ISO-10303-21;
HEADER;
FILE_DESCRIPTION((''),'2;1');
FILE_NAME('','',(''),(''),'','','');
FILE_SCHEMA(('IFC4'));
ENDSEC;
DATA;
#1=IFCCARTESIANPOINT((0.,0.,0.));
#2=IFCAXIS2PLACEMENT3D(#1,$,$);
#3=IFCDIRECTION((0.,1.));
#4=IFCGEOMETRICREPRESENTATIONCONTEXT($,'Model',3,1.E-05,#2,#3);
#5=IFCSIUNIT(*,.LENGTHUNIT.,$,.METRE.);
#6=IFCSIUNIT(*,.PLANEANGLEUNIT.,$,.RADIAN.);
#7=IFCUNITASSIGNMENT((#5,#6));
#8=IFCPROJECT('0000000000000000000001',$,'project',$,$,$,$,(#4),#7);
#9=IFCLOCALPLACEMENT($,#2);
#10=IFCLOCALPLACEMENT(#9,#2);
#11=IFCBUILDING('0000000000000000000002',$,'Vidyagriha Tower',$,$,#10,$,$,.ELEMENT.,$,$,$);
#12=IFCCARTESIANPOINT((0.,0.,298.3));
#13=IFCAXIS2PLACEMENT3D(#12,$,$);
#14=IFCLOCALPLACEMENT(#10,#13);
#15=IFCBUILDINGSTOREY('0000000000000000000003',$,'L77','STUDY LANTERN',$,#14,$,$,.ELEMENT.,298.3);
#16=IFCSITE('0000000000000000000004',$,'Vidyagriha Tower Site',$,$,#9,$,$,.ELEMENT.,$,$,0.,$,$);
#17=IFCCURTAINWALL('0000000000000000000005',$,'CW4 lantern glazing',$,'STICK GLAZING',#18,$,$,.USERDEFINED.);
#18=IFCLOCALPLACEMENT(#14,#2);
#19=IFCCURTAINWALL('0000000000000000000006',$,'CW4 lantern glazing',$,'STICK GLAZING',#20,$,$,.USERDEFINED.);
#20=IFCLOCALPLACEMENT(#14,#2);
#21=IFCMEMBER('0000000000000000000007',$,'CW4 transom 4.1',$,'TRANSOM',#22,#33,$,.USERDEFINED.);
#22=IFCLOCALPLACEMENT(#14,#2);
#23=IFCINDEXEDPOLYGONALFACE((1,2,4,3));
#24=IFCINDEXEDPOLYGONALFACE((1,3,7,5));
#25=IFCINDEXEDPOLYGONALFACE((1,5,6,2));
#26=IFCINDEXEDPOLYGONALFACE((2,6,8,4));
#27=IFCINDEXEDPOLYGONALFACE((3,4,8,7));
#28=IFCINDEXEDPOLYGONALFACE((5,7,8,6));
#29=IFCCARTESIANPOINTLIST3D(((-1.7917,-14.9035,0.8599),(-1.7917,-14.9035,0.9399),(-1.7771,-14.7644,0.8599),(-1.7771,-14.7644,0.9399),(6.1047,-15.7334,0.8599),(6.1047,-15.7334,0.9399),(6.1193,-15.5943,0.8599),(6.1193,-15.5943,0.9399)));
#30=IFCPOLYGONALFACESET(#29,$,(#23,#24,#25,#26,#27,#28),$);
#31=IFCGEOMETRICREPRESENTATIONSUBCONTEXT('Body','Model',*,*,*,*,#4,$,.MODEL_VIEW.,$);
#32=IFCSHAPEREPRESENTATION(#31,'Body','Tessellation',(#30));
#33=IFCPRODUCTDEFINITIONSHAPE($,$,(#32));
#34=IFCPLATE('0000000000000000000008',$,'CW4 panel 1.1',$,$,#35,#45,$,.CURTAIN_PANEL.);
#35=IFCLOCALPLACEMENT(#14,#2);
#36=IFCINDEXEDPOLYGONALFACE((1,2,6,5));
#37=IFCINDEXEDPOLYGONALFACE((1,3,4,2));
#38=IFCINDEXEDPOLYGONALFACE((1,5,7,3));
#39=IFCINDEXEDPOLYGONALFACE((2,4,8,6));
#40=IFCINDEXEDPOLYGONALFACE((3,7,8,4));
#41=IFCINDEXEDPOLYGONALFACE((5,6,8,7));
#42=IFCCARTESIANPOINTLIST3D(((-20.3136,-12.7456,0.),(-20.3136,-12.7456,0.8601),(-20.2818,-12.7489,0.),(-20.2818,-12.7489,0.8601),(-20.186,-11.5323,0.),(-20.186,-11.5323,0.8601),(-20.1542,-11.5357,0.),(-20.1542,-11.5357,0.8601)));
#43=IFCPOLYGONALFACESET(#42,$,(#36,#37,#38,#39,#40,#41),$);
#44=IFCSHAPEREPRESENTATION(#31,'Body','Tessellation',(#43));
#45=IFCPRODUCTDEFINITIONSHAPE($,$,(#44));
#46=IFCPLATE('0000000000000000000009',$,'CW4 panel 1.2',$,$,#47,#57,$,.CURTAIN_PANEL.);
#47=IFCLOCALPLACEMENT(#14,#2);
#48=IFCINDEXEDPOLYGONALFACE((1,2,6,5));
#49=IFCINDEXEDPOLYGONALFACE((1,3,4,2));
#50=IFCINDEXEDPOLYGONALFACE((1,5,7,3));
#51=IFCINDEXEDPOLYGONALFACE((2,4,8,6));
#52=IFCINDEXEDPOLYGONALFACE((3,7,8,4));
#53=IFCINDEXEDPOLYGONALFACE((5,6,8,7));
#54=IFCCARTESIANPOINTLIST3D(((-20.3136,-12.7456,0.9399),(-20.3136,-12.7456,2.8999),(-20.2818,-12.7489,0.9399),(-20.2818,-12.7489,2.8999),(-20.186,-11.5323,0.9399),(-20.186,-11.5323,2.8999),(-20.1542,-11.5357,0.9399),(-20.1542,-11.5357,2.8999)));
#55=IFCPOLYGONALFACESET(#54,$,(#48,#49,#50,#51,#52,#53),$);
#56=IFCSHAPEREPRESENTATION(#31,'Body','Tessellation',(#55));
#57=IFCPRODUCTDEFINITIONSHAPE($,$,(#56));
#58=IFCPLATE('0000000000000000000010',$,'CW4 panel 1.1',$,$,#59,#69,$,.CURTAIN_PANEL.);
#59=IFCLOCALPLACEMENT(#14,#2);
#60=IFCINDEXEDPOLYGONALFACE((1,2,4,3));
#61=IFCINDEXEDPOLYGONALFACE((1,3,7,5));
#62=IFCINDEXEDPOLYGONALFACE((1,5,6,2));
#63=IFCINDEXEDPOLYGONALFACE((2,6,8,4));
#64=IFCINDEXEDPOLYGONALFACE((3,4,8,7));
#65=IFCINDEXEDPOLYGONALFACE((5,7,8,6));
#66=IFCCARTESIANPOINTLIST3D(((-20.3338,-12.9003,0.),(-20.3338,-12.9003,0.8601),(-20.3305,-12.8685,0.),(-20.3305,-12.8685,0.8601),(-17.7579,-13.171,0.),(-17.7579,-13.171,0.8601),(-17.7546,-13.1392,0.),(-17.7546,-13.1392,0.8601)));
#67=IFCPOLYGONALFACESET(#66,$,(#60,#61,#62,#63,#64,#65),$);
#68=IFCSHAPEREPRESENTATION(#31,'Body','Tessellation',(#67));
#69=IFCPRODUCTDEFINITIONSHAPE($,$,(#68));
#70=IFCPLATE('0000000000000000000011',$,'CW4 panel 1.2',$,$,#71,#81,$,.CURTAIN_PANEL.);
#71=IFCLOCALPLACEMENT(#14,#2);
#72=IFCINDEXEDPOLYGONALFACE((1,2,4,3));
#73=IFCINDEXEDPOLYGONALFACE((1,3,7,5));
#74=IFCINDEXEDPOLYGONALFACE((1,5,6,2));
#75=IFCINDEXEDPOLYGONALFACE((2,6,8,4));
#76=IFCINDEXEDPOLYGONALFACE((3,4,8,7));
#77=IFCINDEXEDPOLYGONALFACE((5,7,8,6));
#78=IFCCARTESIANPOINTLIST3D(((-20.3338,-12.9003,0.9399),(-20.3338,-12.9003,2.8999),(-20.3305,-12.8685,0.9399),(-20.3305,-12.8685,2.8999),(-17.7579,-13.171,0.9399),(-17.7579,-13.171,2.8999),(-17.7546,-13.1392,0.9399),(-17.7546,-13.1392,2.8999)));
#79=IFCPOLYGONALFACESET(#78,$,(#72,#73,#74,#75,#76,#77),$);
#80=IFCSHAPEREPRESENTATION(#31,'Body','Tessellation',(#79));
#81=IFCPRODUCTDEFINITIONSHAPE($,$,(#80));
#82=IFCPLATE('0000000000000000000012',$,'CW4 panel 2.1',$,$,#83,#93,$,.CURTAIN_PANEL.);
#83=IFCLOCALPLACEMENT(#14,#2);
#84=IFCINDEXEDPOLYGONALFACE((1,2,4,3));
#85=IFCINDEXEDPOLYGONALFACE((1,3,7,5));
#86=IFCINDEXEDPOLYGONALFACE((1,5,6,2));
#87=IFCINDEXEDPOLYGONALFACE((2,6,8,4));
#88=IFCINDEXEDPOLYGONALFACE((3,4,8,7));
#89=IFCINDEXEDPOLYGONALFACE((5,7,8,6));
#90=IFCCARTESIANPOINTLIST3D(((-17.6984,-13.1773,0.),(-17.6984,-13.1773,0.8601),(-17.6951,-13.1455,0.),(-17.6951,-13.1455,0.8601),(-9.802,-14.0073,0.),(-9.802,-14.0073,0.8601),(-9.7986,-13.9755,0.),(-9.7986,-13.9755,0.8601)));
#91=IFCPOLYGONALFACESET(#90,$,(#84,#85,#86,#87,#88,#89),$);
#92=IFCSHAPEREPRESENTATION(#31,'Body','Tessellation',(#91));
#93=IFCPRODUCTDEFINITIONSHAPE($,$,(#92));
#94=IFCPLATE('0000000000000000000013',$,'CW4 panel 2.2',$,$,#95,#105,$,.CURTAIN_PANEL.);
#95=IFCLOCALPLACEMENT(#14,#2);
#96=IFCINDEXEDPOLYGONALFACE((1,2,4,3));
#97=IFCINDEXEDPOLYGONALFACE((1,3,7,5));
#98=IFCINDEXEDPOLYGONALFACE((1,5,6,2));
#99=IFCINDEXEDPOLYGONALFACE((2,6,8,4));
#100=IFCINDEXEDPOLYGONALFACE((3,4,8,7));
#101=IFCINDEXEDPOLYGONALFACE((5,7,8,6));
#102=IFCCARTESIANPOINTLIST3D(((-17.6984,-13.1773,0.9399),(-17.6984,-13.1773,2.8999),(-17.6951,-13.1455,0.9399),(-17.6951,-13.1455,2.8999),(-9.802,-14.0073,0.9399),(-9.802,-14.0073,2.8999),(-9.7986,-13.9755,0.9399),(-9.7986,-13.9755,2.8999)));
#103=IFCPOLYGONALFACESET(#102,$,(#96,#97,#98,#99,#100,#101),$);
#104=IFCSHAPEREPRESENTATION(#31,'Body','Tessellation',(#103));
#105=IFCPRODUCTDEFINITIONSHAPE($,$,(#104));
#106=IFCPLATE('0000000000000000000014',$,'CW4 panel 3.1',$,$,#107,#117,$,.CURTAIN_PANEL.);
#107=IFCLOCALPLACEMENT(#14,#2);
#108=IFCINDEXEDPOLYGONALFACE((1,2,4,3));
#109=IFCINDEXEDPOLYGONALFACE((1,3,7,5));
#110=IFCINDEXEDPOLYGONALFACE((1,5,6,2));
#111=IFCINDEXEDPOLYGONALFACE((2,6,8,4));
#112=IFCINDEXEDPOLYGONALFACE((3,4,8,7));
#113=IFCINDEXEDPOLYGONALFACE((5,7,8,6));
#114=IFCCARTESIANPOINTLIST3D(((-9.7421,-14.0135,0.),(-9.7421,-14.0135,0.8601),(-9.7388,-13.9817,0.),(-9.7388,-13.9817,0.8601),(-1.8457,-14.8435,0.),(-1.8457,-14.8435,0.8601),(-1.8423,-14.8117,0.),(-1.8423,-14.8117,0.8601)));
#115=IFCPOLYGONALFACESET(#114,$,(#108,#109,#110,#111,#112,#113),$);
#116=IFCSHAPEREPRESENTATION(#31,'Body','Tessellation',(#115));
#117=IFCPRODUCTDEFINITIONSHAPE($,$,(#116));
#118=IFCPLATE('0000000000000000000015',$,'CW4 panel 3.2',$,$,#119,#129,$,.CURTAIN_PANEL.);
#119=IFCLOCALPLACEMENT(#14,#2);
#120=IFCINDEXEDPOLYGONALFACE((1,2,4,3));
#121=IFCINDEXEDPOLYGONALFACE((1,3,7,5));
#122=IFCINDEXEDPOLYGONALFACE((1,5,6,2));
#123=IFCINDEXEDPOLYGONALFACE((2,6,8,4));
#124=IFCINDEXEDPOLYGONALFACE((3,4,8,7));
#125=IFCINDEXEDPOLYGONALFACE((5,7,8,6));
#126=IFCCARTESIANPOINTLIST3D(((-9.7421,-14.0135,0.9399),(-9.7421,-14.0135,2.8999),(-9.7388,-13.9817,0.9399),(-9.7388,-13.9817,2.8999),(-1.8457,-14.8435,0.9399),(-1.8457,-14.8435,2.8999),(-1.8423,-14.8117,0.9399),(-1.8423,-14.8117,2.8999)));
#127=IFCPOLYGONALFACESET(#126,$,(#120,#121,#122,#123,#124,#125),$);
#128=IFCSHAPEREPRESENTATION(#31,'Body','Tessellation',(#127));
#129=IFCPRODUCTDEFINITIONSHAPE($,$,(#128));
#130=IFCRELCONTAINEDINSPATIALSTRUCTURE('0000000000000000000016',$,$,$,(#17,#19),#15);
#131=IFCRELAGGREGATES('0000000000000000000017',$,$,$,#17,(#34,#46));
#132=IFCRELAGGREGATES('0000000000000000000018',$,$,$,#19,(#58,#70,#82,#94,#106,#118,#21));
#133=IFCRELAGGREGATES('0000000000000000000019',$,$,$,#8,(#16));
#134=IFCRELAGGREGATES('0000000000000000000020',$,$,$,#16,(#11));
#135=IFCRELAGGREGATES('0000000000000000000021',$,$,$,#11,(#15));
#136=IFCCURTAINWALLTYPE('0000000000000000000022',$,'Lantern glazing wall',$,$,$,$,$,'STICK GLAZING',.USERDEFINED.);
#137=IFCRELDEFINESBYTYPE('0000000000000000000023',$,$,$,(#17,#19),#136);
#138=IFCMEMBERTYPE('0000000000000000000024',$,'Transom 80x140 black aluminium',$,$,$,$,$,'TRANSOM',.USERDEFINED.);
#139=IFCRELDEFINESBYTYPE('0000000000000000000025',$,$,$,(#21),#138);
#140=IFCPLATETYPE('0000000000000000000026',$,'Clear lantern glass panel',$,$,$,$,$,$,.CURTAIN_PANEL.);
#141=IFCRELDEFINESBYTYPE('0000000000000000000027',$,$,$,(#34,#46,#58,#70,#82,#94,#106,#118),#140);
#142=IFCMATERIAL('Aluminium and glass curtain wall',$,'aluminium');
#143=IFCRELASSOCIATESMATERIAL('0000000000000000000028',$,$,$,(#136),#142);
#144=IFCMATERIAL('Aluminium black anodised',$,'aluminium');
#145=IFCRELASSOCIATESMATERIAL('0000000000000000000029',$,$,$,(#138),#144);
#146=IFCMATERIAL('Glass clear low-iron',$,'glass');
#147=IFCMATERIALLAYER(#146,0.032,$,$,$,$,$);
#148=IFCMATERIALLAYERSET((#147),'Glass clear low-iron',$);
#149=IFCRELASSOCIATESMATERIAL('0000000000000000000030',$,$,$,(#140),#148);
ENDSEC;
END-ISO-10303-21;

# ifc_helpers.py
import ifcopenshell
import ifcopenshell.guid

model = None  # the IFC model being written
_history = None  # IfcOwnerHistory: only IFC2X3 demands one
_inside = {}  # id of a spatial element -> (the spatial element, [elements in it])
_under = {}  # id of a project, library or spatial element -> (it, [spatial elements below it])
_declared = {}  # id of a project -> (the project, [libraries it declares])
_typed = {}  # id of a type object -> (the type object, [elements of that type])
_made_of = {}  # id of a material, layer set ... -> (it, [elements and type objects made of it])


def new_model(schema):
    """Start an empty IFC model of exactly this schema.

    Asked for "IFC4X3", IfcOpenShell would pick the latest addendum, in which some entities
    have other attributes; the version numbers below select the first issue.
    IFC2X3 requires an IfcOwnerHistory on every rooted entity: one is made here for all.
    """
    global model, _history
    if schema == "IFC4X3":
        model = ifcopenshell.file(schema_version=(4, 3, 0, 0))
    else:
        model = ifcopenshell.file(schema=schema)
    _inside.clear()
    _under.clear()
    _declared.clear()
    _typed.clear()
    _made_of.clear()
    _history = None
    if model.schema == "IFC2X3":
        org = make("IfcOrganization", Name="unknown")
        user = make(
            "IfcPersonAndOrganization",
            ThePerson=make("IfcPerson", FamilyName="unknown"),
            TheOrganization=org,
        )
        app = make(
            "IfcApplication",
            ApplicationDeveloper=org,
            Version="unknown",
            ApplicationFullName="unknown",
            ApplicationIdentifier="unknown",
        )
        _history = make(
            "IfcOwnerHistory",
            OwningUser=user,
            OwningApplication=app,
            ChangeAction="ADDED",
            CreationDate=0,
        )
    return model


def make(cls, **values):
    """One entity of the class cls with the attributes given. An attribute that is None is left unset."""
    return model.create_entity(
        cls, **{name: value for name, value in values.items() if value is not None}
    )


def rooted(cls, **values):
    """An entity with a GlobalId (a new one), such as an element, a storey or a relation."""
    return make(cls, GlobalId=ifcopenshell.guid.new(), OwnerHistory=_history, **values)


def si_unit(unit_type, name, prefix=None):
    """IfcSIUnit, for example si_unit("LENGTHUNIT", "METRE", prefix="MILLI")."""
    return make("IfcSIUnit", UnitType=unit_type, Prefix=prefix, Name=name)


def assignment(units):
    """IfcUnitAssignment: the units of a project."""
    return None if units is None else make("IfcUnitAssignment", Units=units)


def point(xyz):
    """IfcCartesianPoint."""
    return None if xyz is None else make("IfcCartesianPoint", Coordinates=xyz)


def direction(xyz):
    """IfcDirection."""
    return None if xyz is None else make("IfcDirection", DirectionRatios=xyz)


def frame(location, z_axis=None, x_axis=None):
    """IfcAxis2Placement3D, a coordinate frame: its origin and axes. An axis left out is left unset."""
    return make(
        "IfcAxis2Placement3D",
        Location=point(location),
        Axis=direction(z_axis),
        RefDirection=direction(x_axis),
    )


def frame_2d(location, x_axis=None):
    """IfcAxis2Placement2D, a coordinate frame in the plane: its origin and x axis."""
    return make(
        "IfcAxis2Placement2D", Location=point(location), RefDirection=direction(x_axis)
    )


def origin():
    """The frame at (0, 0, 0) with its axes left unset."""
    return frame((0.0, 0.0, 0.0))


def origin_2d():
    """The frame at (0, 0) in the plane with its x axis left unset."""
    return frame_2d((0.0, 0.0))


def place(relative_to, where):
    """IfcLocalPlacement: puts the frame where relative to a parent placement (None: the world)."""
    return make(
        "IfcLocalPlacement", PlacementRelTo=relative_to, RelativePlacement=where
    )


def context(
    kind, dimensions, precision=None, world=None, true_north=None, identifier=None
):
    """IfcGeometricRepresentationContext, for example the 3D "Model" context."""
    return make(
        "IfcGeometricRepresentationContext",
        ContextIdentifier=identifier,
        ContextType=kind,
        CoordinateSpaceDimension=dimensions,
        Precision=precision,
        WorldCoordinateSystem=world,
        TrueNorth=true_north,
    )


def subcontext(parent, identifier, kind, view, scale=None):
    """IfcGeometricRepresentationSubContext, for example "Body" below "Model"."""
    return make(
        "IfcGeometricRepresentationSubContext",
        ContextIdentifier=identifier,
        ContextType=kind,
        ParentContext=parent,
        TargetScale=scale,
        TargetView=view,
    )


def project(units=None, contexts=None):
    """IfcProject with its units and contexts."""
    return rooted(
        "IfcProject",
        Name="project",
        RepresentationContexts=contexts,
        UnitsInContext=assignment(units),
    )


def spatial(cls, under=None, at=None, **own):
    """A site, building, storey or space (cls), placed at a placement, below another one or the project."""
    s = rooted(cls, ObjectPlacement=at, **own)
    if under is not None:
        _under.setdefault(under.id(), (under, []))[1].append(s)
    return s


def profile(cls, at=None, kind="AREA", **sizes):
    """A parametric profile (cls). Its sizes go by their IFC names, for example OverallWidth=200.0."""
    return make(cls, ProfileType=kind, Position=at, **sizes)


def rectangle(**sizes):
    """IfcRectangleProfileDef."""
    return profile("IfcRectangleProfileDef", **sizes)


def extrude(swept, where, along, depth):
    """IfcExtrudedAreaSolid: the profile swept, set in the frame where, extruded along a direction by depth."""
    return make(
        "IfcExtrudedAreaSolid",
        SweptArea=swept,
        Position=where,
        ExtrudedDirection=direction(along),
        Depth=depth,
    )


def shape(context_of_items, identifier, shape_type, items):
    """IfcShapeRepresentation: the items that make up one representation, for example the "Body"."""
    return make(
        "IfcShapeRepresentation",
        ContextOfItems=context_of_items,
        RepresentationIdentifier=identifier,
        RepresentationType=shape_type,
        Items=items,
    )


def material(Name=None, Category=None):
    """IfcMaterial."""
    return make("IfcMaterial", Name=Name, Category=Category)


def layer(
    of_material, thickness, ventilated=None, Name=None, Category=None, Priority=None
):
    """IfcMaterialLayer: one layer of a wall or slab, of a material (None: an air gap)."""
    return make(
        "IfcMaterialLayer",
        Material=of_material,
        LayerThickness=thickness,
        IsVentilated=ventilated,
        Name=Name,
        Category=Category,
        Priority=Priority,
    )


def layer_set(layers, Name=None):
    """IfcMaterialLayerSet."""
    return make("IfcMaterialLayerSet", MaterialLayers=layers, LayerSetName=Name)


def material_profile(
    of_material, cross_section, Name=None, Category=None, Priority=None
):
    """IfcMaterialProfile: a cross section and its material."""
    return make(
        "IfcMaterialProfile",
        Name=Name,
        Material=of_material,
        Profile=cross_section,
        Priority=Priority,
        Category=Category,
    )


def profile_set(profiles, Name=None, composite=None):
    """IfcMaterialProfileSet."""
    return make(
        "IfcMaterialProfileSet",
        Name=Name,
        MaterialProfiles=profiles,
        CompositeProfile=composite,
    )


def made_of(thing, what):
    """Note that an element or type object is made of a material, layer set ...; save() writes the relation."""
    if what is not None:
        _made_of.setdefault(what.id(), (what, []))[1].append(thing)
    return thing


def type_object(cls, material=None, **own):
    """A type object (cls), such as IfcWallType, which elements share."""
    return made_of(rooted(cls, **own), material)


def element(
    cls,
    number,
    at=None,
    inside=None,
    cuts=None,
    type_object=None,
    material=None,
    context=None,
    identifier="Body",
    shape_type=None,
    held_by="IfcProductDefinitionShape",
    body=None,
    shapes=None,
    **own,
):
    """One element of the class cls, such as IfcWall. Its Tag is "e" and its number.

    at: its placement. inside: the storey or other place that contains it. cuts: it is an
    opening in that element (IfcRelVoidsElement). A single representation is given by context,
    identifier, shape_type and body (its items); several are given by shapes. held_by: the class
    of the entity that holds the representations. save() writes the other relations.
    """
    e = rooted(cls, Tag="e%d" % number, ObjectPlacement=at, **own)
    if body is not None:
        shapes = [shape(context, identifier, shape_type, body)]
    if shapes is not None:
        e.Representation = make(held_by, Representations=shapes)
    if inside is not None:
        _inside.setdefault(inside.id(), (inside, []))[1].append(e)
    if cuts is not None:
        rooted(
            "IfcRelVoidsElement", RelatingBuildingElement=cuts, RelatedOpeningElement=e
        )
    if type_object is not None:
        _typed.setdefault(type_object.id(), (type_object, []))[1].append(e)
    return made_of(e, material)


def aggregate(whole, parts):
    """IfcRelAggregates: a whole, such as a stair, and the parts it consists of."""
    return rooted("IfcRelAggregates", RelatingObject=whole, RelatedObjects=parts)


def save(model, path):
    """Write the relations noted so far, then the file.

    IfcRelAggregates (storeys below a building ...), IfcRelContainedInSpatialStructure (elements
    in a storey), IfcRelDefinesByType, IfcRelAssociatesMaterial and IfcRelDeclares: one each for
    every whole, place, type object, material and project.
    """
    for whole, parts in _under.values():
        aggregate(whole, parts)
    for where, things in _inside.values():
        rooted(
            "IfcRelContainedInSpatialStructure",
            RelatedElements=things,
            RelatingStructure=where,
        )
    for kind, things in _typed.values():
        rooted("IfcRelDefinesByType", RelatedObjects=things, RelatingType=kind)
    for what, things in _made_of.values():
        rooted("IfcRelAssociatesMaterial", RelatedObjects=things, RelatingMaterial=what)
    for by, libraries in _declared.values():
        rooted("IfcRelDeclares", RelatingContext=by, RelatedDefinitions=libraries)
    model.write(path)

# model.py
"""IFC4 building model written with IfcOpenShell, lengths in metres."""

from ifc_helpers import new_model, si_unit, direction, frame, origin, origin_2d, place, context, subcontext, project, spatial, rectangle, extrude, material, layer, layer_set, material_profile, profile_set, type_object, element, aggregate, save


model = new_model("IFC4")

# Units and contexts
model_context = context("Model", 3, precision=1e-05, world=origin(), true_north=direction((0.0, 1.0)))
body_context = subcontext(model_context, "Body", "Model", "MODEL_VIEW")
ifc_project = project(units=[si_unit("LENGTHUNIT", "METRE"), si_unit("PLANEANGLEUNIT", "RADIAN")], contexts=[model_context])

# Site, building, storey
site_placement = place(None, origin())
site = spatial("IfcSite", under=ifc_project, at=site_placement, Name="Vidyagriha Tower Site", CompositionType="ELEMENT", RefElevation=0.0)
building_placement = place(site_placement, origin())
building = spatial("IfcBuilding", under=site, at=building_placement, Name="Vidyagriha Tower", CompositionType="ELEMENT")
storey_placement = place(building_placement, frame((0.0, 0.0, 298.3)))
storey = spatial("IfcBuildingStorey", under=building, at=storey_placement, Name="L77", Description="STUDY LANTERN", CompositionType="ELEMENT", Elevation=298.3)

# Curtain wall
ifc_material_1 = material(Name="Aluminium and glass curtain wall", Category="aluminium")
curtain_wall_type = type_object("IfcCurtainWallType", Name="Lantern glazing wall", ElementType="STICK GLAZING", PredefinedType="USERDEFINED", material=ifc_material_1)
curtain_wall_1_placement = place(storey_placement, origin())
curtain_wall_1 = element("IfcCurtainWall", 1, at=curtain_wall_1_placement, inside=storey, type_object=curtain_wall_type, Name="CW4 lantern glazing", ObjectType="STICK GLAZING", PredefinedType="USERDEFINED")

# Curtain wall, member
curtain_wall_2_placement = place(storey_placement, origin())
curtain_wall_2 = element("IfcCurtainWall", 2, at=curtain_wall_2_placement, inside=storey, type_object=curtain_wall_type, Name="CW4 lantern glazing", ObjectType="STICK GLAZING", PredefinedType="USERDEFINED")
ifc_material_2 = material(Name="Aluminium black anodised", Category="aluminium")
ifc_material_profile_1 = material_profile(ifc_material_2, rectangle(XDim=0.1399, YDim=0.0801, at=origin_2d()), Name="Transom 80x140 black aluminium")
ifc_profile_set_1 = profile_set([ifc_material_profile_1], Name="Aluminium black anodised")
member_type_1 = type_object("IfcMemberType", Name="Transom 80x140 black aluminium", ElementType="TRANSOM", PredefinedType="USERDEFINED", material=ifc_profile_set_1)
member_1_placement = place(storey_placement, frame((-1.7844, -14.834, 0.8999), z_axis=(0.994523, -0.104514, 0.0), x_axis=(0.104514, 0.994523, 0.0)))
member_1 = element("IfcMember", 3, at=member_1_placement, type_object=member_type_1, Name="CW4 transom 4.1", ObjectType="TRANSOM", PredefinedType="USERDEFINED", context=body_context, shape_type="SweptSolid", body=[
    extrude(rectangle(XDim=0.1399, YDim=0.0801, at=origin_2d()), origin(), (0.0, 0.0, 1.0), 7.9399),
])

# Plates
ifc_material_3 = material(Name="Glass clear low-iron", Category="glass")
ifc_layer_1 = layer(ifc_material_3, 0.032)
ifc_layer_set_1 = layer_set([ifc_layer_1], Name="Glass clear low-iron")
plate_type = type_object("IfcPlateType", Name="Clear lantern glass panel", PredefinedType="CURTAIN_PANEL", material=ifc_layer_set_1)
plate_1_placement = place(storey_placement, frame((-20.2339, -12.1406, 0.0), z_axis=(0.0, 0.0, 1.0), x_axis=(-0.104557, -0.994519, 0.0)))
plate_1 = element("IfcPlate", 4, at=plate_1_placement, type_object=plate_type, Name="CW4 panel 1.1", PredefinedType="CURTAIN_PANEL", context=body_context, shape_type="SweptSolid", body=[
    extrude(rectangle(XDim=1.22, YDim=0.032, at=origin_2d()), origin(), (0.0, 0.0, 1.0), 0.8601),
])
plate_2_placement = place(storey_placement, frame((-20.2339, -12.1406, 0.9399), z_axis=(0.0, 0.0, 1.0), x_axis=(-0.104557, -0.994519, 0.0)))
plate_2 = element("IfcPlate", 5, at=plate_2_placement, type_object=plate_type, Name="CW4 panel 1.2", PredefinedType="CURTAIN_PANEL", context=body_context, shape_type="SweptSolid", body=[
    extrude(rectangle(XDim=1.22, YDim=0.032, at=origin_2d()), origin(), (0.0, 0.0, 1.0), 1.96),
])
aggregate(curtain_wall_1, [plate_1, plate_2])
plate_3_placement = place(storey_placement, frame((-19.0442, -13.0198, 0.0), z_axis=(0.0, 0.0, 1.0), x_axis=(0.994522, -0.104528, 0.0)))
plate_3 = element("IfcPlate", 6, at=plate_3_placement, type_object=plate_type, Name="CW4 panel 1.1", PredefinedType="CURTAIN_PANEL", context=body_context, shape_type="SweptSolid", body=[
    extrude(rectangle(XDim=2.5901, YDim=0.032, at=origin_2d()), origin(), (0.0, 0.0, 1.0), 0.8601),
])
plate_4_placement = place(storey_placement, frame((-19.0442, -13.0198, 0.9399), z_axis=(0.0, 0.0, 1.0), x_axis=(0.994522, -0.104528, 0.0)))
plate_4 = element("IfcPlate", 7, at=plate_4_placement, type_object=plate_type, Name="CW4 panel 1.2", PredefinedType="CURTAIN_PANEL", context=body_context, shape_type="SweptSolid", body=[
    extrude(rectangle(XDim=2.5901, YDim=0.032, at=origin_2d()), origin(), (0.0, 0.0, 1.0), 1.96),
])
plate_5_placement = place(storey_placement, frame((-13.7485, -13.5764, 0.0), z_axis=(0.0, 0.0, 1.0), x_axis=(0.994522, -0.104528, 0.0)))
plate_5 = element("IfcPlate", 8, at=plate_5_placement, type_object=plate_type, Name="CW4 panel 2.1", PredefinedType="CURTAIN_PANEL", context=body_context, shape_type="SweptSolid", body=[
    extrude(rectangle(XDim=7.9399, YDim=0.032, at=origin_2d()), origin(), (0.0, 0.0, 1.0), 0.8601),
])
plate_6_placement = place(storey_placement, frame((-13.7485, -13.5764, 0.9399), z_axis=(0.0, 0.0, 1.0), x_axis=(0.994522, -0.104528, 0.0)))
plate_6 = element("IfcPlate", 9, at=plate_6_placement, type_object=plate_type, Name="CW4 panel 2.2", PredefinedType="CURTAIN_PANEL", context=body_context, shape_type="SweptSolid", body=[
    extrude(rectangle(XDim=7.9399, YDim=0.032, at=origin_2d()), origin(), (0.0, 0.0, 1.0), 1.96),
])
plate_7_placement = place(storey_placement, frame((-5.7922, -14.4126, 0.0), z_axis=(0.0, 0.0, 1.0), x_axis=(0.994522, -0.104528, 0.0)))
plate_7 = element("IfcPlate", 10, at=plate_7_placement, type_object=plate_type, Name="CW4 panel 3.1", PredefinedType="CURTAIN_PANEL", context=body_context, shape_type="SweptSolid", body=[
    extrude(rectangle(XDim=7.9399, YDim=0.032, at=origin_2d()), origin(), (0.0, 0.0, 1.0), 0.8601),
])
plate_8_placement = place(storey_placement, frame((-5.7922, -14.4126, 0.9399), z_axis=(0.0, 0.0, 1.0), x_axis=(0.994522, -0.104528, 0.0)))
plate_8 = element("IfcPlate", 11, at=plate_8_placement, type_object=plate_type, Name="CW4 panel 3.2", PredefinedType="CURTAIN_PANEL", context=body_context, shape_type="SweptSolid", body=[
    extrude(rectangle(XDim=7.9399, YDim=0.032, at=origin_2d()), origin(), (0.0, 0.0, 1.0), 1.96),
])
aggregate(curtain_wall_2, [plate_3, plate_4, plate_5, plate_6, plate_7, plate_8, member_1])

save(model, "model.ifc")
